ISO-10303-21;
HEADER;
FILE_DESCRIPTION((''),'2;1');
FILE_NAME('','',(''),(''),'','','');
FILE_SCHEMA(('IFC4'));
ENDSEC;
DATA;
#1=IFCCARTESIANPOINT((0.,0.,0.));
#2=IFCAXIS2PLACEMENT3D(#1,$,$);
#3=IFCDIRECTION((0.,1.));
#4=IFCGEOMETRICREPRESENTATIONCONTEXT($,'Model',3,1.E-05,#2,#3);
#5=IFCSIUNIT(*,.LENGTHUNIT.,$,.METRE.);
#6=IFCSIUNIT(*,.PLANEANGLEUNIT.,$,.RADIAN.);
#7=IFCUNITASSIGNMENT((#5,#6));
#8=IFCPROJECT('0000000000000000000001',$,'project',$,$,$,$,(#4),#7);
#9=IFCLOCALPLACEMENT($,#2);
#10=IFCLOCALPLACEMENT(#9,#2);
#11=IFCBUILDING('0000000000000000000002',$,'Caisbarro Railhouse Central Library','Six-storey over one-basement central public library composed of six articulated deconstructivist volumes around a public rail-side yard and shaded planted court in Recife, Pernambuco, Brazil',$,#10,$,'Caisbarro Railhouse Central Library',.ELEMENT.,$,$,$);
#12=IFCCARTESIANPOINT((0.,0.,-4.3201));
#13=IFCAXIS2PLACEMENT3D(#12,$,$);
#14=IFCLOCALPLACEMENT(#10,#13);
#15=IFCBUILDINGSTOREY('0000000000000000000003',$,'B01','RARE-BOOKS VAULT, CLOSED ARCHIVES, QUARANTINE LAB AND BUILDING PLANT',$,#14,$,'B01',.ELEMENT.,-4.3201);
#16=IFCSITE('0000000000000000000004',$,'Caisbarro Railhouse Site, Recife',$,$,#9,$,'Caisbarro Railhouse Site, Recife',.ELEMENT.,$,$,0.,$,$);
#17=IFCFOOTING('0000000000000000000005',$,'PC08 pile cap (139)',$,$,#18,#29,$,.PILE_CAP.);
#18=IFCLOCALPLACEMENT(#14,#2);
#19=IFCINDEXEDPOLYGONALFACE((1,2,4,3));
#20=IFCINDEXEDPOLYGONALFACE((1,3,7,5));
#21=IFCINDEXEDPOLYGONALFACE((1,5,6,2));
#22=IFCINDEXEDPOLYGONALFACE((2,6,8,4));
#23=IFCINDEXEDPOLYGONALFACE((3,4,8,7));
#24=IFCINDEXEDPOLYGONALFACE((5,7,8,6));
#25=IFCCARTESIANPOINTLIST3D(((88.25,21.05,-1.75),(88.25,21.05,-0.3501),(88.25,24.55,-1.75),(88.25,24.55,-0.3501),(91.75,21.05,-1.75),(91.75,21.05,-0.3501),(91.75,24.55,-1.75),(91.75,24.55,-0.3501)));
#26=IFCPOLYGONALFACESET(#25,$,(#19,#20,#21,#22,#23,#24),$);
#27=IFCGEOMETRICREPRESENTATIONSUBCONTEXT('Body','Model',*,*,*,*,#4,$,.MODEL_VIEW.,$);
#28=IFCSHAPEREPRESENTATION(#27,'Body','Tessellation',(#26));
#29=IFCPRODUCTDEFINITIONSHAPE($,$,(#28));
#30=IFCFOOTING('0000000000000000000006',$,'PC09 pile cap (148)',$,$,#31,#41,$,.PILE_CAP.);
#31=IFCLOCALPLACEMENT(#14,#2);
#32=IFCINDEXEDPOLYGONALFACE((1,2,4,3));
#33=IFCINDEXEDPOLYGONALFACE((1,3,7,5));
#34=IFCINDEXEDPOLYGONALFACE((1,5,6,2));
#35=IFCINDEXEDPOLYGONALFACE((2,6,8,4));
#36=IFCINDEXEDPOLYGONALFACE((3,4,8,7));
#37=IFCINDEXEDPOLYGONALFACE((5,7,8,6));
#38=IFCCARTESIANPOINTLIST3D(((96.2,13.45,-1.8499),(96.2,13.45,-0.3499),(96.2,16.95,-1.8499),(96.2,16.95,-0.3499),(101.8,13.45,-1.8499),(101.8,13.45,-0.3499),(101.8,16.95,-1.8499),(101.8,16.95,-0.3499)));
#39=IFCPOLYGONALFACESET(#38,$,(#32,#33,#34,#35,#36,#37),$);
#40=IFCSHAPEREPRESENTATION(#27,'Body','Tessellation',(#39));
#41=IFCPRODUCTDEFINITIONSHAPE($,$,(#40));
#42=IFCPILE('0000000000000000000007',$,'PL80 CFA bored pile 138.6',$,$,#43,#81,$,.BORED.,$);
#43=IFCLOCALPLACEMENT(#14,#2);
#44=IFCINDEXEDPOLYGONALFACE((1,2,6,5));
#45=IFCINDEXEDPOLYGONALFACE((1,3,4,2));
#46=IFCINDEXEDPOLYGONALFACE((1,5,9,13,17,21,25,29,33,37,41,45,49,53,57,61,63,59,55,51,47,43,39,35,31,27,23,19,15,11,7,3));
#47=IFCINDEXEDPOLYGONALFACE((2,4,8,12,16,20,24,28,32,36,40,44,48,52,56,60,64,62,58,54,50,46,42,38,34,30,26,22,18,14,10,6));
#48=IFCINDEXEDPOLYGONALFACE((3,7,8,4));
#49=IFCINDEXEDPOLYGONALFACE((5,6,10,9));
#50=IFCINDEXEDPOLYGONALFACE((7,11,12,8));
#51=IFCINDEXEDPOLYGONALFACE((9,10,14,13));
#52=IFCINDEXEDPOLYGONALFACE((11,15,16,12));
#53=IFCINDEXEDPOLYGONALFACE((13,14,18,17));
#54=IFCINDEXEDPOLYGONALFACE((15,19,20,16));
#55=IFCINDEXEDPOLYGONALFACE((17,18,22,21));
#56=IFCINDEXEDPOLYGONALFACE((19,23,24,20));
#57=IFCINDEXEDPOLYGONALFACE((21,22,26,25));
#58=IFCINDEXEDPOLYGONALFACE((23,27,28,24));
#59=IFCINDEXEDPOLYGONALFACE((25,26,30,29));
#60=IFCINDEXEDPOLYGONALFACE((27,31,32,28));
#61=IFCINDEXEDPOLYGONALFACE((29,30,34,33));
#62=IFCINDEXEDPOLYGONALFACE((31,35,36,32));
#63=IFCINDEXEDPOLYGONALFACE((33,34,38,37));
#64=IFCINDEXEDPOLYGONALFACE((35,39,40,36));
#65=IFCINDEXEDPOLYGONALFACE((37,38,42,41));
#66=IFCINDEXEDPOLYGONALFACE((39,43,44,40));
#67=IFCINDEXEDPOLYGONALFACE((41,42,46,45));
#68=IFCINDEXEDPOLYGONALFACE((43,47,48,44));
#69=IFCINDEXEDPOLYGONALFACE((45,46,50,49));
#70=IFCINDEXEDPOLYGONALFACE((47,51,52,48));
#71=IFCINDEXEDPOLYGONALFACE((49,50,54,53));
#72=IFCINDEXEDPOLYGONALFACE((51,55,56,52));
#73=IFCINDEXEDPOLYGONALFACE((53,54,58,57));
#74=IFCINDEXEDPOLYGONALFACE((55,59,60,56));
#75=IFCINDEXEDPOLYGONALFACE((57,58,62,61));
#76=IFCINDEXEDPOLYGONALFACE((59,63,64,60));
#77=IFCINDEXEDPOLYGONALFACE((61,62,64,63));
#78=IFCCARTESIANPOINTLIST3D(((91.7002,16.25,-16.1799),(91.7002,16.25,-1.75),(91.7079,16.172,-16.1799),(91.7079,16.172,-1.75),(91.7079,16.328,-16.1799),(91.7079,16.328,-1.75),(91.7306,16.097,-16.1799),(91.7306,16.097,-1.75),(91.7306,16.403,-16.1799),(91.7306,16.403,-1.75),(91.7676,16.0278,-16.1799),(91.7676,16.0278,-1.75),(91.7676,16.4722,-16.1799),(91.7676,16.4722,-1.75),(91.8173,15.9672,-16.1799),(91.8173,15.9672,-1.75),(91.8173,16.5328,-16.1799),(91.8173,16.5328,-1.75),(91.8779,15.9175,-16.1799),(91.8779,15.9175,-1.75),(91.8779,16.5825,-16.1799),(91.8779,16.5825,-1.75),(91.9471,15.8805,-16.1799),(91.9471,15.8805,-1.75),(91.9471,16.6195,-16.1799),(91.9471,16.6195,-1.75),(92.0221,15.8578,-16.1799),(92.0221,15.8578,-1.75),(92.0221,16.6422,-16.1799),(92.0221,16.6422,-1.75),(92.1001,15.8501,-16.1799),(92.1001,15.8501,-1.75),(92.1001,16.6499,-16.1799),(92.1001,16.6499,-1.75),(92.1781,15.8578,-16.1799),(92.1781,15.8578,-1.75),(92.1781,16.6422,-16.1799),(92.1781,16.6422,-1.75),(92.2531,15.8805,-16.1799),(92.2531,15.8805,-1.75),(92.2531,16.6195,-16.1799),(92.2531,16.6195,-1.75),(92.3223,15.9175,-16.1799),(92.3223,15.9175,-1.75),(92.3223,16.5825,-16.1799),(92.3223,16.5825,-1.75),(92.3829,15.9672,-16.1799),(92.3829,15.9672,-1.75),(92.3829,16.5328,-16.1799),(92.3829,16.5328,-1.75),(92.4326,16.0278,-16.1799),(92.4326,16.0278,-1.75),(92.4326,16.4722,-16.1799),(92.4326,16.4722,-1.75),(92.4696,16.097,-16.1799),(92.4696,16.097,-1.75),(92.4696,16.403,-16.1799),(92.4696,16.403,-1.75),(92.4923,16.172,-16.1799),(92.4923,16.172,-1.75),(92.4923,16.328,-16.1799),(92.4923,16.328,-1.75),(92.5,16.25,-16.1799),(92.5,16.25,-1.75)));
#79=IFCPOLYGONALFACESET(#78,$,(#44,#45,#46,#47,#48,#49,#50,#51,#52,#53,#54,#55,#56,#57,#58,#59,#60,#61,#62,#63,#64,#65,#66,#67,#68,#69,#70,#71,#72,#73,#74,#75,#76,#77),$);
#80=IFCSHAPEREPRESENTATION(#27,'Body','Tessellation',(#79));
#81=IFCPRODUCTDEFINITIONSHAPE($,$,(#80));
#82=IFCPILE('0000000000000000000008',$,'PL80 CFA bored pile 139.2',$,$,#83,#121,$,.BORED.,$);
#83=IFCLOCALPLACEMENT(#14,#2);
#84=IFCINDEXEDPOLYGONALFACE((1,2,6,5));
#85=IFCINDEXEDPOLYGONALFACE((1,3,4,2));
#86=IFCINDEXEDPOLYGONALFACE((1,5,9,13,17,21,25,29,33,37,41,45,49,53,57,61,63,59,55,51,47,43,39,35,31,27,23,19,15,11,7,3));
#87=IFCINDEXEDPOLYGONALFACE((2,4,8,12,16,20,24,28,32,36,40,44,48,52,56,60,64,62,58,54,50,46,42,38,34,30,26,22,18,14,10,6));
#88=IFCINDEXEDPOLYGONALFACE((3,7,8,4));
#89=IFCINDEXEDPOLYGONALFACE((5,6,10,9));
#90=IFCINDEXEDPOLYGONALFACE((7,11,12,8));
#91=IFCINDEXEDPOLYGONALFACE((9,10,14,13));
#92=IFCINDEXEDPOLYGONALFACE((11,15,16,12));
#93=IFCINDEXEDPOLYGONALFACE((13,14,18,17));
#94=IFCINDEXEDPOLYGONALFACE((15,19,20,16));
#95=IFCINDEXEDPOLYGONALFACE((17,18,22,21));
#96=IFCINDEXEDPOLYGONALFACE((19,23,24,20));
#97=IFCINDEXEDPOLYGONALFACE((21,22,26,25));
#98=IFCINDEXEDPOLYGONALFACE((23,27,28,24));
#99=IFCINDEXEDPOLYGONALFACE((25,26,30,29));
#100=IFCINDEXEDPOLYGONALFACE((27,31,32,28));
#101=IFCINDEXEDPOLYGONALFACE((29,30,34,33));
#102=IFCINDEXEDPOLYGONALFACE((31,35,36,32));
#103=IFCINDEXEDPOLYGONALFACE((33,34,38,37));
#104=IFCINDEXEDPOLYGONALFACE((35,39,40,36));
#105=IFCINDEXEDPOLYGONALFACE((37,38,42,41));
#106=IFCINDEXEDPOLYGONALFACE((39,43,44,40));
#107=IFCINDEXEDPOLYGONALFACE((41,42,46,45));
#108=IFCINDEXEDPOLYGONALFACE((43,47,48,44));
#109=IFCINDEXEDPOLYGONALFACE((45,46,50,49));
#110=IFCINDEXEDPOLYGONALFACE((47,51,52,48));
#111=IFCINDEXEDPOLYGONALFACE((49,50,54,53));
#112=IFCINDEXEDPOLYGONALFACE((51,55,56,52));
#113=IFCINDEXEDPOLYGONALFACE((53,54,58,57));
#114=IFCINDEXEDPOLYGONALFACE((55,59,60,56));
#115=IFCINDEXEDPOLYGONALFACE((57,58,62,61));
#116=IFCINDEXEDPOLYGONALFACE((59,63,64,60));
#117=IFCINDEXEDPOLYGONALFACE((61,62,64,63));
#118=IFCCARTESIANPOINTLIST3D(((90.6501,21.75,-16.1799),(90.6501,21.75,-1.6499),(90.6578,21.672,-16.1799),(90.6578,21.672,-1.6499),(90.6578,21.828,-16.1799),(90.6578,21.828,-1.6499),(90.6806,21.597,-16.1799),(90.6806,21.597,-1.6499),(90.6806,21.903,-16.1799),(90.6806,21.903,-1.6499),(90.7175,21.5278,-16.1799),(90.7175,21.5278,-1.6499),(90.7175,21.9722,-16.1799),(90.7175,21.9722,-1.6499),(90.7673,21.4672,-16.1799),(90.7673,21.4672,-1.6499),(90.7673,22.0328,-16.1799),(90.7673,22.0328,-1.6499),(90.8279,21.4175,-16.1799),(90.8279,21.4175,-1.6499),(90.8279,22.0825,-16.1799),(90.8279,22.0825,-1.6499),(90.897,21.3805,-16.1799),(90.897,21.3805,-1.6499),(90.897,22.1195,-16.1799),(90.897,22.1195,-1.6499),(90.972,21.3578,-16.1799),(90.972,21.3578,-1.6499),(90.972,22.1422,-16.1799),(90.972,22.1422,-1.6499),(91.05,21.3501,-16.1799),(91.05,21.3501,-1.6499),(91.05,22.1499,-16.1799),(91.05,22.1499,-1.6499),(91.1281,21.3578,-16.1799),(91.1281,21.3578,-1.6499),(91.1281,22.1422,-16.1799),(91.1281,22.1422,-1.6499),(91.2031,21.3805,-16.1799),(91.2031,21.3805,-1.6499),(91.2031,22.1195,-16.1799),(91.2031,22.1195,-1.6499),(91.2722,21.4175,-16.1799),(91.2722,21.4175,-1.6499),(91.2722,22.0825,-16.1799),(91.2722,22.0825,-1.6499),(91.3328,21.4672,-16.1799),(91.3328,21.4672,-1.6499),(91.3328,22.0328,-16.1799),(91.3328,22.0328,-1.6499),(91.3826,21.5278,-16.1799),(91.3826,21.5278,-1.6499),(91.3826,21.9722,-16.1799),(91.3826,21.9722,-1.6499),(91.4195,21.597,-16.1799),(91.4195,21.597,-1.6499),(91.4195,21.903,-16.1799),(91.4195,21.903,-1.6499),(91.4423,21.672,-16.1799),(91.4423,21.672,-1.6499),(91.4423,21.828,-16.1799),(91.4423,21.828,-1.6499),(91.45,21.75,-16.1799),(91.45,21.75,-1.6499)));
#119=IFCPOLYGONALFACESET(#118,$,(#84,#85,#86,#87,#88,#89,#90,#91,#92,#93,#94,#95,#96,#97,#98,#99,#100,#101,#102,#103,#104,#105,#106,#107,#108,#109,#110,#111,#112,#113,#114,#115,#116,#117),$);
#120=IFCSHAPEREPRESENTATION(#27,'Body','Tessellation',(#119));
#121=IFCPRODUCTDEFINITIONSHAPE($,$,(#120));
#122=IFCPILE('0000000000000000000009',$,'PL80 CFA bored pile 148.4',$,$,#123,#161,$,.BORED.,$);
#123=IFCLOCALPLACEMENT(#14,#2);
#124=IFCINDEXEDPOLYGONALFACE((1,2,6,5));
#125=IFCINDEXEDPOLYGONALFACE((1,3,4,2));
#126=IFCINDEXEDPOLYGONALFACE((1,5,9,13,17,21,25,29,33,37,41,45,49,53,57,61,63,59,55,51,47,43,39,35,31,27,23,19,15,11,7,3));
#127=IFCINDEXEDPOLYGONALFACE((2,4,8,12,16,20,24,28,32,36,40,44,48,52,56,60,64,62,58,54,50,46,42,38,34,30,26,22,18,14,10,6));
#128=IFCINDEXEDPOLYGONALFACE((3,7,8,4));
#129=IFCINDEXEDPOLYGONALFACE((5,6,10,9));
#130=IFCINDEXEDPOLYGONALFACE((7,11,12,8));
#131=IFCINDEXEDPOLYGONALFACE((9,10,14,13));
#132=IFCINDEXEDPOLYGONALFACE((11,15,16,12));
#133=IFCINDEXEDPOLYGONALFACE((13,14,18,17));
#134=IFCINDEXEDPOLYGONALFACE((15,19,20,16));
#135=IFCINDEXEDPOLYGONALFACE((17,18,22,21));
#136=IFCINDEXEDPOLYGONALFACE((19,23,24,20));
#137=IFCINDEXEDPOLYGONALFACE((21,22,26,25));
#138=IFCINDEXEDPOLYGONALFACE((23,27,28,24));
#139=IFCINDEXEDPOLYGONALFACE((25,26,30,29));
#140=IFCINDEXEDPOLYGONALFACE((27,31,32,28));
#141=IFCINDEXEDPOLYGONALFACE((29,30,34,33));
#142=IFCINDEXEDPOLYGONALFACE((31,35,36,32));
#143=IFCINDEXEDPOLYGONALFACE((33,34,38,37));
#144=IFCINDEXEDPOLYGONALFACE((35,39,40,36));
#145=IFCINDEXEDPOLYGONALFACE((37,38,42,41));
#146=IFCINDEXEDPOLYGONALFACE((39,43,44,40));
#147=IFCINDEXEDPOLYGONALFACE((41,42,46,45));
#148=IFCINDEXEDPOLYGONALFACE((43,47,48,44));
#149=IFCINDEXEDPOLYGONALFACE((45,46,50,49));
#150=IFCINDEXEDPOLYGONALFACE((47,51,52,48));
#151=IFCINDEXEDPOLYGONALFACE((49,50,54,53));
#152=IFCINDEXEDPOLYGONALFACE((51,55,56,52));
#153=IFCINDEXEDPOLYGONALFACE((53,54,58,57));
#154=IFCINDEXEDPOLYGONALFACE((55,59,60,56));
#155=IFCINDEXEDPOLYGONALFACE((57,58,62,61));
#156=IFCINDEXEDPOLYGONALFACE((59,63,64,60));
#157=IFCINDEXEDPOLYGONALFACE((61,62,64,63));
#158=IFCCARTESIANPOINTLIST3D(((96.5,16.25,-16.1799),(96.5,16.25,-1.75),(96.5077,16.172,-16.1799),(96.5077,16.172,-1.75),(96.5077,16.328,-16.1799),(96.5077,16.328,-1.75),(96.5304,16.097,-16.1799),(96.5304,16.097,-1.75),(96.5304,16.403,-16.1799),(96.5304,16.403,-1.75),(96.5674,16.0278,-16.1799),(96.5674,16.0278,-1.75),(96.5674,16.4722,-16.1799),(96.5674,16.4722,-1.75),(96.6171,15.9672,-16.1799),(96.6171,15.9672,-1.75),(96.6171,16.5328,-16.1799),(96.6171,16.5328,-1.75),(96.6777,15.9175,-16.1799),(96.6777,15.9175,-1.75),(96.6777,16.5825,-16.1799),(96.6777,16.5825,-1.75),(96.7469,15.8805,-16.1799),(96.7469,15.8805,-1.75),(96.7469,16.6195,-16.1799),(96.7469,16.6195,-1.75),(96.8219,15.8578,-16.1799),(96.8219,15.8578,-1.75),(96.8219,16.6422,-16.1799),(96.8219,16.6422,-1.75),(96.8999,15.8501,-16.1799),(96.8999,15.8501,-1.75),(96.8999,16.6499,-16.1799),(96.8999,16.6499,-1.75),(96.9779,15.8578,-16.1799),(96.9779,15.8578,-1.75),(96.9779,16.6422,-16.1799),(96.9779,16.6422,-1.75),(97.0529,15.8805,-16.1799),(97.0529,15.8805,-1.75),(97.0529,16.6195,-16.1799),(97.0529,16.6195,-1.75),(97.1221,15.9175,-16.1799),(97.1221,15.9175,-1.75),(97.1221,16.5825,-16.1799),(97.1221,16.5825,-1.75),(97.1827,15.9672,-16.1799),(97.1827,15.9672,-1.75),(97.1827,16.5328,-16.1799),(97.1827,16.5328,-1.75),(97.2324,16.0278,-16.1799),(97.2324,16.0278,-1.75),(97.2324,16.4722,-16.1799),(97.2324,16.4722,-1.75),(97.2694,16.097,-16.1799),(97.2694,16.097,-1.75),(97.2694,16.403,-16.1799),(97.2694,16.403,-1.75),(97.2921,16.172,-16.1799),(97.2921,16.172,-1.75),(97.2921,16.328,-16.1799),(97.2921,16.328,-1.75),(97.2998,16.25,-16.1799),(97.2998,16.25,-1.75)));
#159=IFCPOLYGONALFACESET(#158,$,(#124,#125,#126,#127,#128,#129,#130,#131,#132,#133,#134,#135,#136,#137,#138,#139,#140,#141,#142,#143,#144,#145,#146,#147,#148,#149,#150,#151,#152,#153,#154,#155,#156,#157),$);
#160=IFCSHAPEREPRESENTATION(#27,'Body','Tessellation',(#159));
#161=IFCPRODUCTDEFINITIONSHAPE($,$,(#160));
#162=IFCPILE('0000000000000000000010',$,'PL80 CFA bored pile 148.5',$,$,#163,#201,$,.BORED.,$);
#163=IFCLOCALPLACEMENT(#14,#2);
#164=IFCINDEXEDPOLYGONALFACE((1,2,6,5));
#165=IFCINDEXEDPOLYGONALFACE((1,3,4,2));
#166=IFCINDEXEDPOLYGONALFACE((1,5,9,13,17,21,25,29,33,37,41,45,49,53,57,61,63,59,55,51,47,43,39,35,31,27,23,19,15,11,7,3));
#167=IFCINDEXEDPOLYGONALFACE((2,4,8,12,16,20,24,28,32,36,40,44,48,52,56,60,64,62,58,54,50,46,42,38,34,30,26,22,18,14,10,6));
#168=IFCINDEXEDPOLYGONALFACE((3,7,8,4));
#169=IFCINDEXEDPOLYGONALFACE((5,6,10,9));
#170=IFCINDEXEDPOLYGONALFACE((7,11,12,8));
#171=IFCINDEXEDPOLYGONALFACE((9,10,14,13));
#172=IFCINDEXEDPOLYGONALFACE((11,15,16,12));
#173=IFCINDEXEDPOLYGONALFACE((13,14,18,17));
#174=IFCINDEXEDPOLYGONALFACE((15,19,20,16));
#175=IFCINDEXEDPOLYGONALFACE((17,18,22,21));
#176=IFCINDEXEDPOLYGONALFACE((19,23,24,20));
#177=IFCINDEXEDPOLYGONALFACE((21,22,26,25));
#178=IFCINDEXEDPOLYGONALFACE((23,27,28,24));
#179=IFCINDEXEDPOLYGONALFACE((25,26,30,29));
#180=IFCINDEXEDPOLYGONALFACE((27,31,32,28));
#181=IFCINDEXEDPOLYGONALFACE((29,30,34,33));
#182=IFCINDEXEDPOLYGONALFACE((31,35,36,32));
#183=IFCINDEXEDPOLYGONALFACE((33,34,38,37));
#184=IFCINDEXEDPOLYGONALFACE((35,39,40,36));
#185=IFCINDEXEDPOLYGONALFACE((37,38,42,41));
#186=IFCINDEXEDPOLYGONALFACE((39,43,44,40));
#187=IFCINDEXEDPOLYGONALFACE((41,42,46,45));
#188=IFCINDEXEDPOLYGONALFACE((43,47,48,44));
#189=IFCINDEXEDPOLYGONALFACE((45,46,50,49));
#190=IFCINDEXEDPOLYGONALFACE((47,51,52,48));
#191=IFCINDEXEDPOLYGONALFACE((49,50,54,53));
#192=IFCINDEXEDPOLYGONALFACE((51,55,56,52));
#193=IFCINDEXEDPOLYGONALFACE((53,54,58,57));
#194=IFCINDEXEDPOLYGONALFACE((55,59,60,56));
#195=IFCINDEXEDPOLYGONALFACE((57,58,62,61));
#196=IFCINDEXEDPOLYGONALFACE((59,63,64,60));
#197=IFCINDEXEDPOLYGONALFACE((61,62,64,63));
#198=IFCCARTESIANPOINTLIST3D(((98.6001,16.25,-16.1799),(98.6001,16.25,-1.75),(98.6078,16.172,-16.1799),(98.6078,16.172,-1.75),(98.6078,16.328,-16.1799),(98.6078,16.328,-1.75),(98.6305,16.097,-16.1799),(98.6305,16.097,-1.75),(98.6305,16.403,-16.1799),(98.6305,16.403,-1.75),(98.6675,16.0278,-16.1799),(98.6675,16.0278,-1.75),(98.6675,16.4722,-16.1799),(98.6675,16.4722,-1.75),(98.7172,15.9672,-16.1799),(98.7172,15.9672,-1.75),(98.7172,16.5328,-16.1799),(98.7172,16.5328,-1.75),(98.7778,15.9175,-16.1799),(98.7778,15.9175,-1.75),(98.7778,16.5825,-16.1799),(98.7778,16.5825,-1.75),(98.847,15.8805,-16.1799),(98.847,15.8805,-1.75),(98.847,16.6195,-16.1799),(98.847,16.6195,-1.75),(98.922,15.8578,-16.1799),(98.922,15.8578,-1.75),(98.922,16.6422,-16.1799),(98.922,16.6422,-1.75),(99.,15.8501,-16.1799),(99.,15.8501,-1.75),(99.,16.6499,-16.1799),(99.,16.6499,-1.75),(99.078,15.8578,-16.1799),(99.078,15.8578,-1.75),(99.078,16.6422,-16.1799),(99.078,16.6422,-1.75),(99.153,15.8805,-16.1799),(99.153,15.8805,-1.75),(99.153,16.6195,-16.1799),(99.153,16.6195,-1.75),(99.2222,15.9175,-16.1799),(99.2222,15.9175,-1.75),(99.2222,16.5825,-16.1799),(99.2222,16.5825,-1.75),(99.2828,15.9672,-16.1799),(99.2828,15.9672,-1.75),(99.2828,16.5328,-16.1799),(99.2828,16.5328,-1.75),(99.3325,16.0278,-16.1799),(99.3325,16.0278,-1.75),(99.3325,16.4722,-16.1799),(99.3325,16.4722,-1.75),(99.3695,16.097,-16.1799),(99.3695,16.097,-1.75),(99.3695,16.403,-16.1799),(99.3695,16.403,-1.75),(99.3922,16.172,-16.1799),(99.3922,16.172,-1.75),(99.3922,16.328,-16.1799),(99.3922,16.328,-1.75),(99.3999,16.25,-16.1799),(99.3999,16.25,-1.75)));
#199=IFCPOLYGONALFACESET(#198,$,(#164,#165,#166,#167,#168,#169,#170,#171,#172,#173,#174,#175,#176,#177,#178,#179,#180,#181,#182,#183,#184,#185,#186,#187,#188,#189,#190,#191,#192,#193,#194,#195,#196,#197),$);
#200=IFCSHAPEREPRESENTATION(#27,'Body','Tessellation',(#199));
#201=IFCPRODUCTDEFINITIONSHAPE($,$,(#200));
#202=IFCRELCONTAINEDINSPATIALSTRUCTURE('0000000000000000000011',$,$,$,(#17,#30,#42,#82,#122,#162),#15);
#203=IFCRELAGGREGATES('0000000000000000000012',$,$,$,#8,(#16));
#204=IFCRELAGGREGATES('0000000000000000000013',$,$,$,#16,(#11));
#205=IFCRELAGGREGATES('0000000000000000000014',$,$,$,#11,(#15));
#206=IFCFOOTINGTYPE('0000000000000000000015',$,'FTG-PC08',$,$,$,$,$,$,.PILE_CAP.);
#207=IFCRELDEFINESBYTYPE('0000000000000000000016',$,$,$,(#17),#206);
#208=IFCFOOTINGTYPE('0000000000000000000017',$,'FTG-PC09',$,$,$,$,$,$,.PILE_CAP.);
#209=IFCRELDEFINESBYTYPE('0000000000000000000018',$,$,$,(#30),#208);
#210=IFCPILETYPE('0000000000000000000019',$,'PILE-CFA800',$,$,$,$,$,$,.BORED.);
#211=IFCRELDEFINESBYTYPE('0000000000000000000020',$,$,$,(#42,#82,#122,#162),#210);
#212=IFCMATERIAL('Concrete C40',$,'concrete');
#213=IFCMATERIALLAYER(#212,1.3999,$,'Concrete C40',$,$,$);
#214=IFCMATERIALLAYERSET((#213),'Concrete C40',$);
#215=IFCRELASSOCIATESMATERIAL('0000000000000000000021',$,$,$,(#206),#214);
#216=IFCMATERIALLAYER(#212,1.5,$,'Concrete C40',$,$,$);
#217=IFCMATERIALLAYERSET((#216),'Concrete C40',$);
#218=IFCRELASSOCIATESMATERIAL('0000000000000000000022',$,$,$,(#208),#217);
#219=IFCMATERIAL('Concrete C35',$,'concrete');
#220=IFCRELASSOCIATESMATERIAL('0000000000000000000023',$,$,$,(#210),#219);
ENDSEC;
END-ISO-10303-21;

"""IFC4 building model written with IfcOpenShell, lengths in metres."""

from ifc_helpers import new_model, si_unit, direction, frame, origin, origin_2d, place, context, subcontext, project, spatial, rectangle, circle, extrude, material, layer, layer_set, material_profile, profile_set, type_object, element, save


model = new_model("IFC4")

# Units and contexts
model_context = context("Model", 3, precision=1e-05, world=origin(), true_north=direction((0.0, 1.0)))
body_context = subcontext(model_context, "Body", "Model", "MODEL_VIEW")
ifc_project = project(units=[si_unit("LENGTHUNIT", "METRE"), si_unit("PLANEANGLEUNIT", "RADIAN")], contexts=[model_context])

# Site, building, storey
site_placement = place(None, origin())
site = spatial("IfcSite", under=ifc_project, at=site_placement, Name="Caisbarro Railhouse Site, Recife", LongName="Caisbarro Railhouse Site, Recife", CompositionType="ELEMENT", RefElevation=0.0)
building_placement = place(site_placement, origin())
building = spatial("IfcBuilding", under=site, at=building_placement, Name="Caisbarro Railhouse Central Library", Description="Six-storey over one-basement central public library composed of six articulated deconstructivist volumes around a public rail-side yard and shaded planted court in Recife, Pernambuco, Brazil", LongName="Caisbarro Railhouse Central Library", CompositionType="ELEMENT")
storey_placement = place(building_placement, frame((0.0, 0.0, -4.3201)))
storey = spatial("IfcBuildingStorey", under=building, at=storey_placement, Name="B01", Description="RARE-BOOKS VAULT, CLOSED ARCHIVES, QUARANTINE LAB AND BUILDING PLANT", LongName="B01", CompositionType="ELEMENT", Elevation=-4.3201)

# Footings
ifc_material_1 = material(Name="Concrete C40", Category="concrete")
ifc_layer_1 = layer(ifc_material_1, 1.3999, Name="Concrete C40")
ifc_layer_set_1 = layer_set([ifc_layer_1], Name="Concrete C40")
footing_type_1 = type_object("IfcFootingType", Name="FTG-PC08", PredefinedType="PILE_CAP", material=ifc_layer_set_1)
footing_1_placement = place(storey_placement, frame((90.0, 22.8, -1.75), z_axis=(0.0, 0.0, 1.0), x_axis=(1.0, 0.0, 0.0)))
element("IfcFooting", 1, at=footing_1_placement, inside=storey, type_object=footing_type_1, Name="PC08 pile cap (139)", PredefinedType="PILE_CAP", context=body_context, shape_type="SweptSolid", body=[
    extrude(rectangle(XDim=3.5, YDim=3.5, at=origin_2d()), origin(), (0.0, 0.0, 1.0), 1.3999),
])
ifc_layer_2 = layer(ifc_material_1, 1.5, Name="Concrete C40")
ifc_layer_set_2 = layer_set([ifc_layer_2], Name="Concrete C40")
footing_type_2 = type_object("IfcFootingType", Name="FTG-PC09", PredefinedType="PILE_CAP", material=ifc_layer_set_2)
footing_2_placement = place(storey_placement, frame((99.0, 15.2, -1.8499), z_axis=(0.0, 0.0, 1.0), x_axis=(1.0, 0.0, 0.0)))
element("IfcFooting", 2, at=footing_2_placement, inside=storey, type_object=footing_type_2, Name="PC09 pile cap (148)", PredefinedType="PILE_CAP", context=body_context, shape_type="SweptSolid", body=[
    extrude(rectangle(XDim=5.6001, YDim=3.5, at=origin_2d()), origin(), (0.0, 0.0, 1.0), 1.5),
])

# Piles
ifc_material_2 = material(Name="Concrete C35", Category="concrete")
ifc_material_profile_1 = material_profile(ifc_material_2, circle(Radius=0.3999, at=origin_2d()), Name="PILE-CFA-800")
ifc_profile_set_1 = profile_set([ifc_material_profile_1], Name="Concrete C35")
pile_type = type_object("IfcPileType", Name="PILE-CFA800", PredefinedType="BORED", material=ifc_profile_set_1)
pile_1_placement = place(storey_placement, frame((92.1001, 16.25, -1.75), z_axis=(0.0, 0.0, -1.0), x_axis=(1.0, 0.0, 0.0)))
element("IfcPile", 3, at=pile_1_placement, inside=storey, type_object=pile_type, Name="PL80 CFA bored pile 138.6", PredefinedType="BORED", context=body_context, shape_type="SweptSolid", body=[
    extrude(circle(Radius=0.3999, at=origin_2d()), origin(), (0.0, 0.0, 1.0), 14.4299),
])
pile_2_placement = place(storey_placement, frame((91.05, 21.75, -1.6499), z_axis=(0.0, 0.0, -1.0), x_axis=(1.0, 0.0, 0.0)))
element("IfcPile", 4, at=pile_2_placement, inside=storey, type_object=pile_type, Name="PL80 CFA bored pile 139.2", PredefinedType="BORED", context=body_context, shape_type="SweptSolid", body=[
    extrude(circle(Radius=0.3999, at=origin_2d()), origin(), (0.0, 0.0, 1.0), 14.53),
])
for number, where, z_axis, x_axis, name in (
    (5, (96.8999, 16.25, -1.75), (0.0, 0.0, -1.0), (1.0, 0.0, 0.0), "PL80 CFA bored pile 148.4"),
    (6, (99.0, 16.25, -1.75), (0.0, 0.0, -1.0), (1.0, 0.0, 0.0), "PL80 CFA bored pile 148.5"),
):
    element("IfcPile", number, at=place(storey_placement, frame(where, z_axis=z_axis, x_axis=x_axis)), inside=storey, type_object=pile_type, Name=name, PredefinedType="BORED", context=body_context, shape_type="SweptSolid", body=[
        extrude(circle(Radius=0.3999, at=origin_2d()), origin(), (0.0, 0.0, 1.0), 14.4299),
    ])

save(model, "model.ifc")
